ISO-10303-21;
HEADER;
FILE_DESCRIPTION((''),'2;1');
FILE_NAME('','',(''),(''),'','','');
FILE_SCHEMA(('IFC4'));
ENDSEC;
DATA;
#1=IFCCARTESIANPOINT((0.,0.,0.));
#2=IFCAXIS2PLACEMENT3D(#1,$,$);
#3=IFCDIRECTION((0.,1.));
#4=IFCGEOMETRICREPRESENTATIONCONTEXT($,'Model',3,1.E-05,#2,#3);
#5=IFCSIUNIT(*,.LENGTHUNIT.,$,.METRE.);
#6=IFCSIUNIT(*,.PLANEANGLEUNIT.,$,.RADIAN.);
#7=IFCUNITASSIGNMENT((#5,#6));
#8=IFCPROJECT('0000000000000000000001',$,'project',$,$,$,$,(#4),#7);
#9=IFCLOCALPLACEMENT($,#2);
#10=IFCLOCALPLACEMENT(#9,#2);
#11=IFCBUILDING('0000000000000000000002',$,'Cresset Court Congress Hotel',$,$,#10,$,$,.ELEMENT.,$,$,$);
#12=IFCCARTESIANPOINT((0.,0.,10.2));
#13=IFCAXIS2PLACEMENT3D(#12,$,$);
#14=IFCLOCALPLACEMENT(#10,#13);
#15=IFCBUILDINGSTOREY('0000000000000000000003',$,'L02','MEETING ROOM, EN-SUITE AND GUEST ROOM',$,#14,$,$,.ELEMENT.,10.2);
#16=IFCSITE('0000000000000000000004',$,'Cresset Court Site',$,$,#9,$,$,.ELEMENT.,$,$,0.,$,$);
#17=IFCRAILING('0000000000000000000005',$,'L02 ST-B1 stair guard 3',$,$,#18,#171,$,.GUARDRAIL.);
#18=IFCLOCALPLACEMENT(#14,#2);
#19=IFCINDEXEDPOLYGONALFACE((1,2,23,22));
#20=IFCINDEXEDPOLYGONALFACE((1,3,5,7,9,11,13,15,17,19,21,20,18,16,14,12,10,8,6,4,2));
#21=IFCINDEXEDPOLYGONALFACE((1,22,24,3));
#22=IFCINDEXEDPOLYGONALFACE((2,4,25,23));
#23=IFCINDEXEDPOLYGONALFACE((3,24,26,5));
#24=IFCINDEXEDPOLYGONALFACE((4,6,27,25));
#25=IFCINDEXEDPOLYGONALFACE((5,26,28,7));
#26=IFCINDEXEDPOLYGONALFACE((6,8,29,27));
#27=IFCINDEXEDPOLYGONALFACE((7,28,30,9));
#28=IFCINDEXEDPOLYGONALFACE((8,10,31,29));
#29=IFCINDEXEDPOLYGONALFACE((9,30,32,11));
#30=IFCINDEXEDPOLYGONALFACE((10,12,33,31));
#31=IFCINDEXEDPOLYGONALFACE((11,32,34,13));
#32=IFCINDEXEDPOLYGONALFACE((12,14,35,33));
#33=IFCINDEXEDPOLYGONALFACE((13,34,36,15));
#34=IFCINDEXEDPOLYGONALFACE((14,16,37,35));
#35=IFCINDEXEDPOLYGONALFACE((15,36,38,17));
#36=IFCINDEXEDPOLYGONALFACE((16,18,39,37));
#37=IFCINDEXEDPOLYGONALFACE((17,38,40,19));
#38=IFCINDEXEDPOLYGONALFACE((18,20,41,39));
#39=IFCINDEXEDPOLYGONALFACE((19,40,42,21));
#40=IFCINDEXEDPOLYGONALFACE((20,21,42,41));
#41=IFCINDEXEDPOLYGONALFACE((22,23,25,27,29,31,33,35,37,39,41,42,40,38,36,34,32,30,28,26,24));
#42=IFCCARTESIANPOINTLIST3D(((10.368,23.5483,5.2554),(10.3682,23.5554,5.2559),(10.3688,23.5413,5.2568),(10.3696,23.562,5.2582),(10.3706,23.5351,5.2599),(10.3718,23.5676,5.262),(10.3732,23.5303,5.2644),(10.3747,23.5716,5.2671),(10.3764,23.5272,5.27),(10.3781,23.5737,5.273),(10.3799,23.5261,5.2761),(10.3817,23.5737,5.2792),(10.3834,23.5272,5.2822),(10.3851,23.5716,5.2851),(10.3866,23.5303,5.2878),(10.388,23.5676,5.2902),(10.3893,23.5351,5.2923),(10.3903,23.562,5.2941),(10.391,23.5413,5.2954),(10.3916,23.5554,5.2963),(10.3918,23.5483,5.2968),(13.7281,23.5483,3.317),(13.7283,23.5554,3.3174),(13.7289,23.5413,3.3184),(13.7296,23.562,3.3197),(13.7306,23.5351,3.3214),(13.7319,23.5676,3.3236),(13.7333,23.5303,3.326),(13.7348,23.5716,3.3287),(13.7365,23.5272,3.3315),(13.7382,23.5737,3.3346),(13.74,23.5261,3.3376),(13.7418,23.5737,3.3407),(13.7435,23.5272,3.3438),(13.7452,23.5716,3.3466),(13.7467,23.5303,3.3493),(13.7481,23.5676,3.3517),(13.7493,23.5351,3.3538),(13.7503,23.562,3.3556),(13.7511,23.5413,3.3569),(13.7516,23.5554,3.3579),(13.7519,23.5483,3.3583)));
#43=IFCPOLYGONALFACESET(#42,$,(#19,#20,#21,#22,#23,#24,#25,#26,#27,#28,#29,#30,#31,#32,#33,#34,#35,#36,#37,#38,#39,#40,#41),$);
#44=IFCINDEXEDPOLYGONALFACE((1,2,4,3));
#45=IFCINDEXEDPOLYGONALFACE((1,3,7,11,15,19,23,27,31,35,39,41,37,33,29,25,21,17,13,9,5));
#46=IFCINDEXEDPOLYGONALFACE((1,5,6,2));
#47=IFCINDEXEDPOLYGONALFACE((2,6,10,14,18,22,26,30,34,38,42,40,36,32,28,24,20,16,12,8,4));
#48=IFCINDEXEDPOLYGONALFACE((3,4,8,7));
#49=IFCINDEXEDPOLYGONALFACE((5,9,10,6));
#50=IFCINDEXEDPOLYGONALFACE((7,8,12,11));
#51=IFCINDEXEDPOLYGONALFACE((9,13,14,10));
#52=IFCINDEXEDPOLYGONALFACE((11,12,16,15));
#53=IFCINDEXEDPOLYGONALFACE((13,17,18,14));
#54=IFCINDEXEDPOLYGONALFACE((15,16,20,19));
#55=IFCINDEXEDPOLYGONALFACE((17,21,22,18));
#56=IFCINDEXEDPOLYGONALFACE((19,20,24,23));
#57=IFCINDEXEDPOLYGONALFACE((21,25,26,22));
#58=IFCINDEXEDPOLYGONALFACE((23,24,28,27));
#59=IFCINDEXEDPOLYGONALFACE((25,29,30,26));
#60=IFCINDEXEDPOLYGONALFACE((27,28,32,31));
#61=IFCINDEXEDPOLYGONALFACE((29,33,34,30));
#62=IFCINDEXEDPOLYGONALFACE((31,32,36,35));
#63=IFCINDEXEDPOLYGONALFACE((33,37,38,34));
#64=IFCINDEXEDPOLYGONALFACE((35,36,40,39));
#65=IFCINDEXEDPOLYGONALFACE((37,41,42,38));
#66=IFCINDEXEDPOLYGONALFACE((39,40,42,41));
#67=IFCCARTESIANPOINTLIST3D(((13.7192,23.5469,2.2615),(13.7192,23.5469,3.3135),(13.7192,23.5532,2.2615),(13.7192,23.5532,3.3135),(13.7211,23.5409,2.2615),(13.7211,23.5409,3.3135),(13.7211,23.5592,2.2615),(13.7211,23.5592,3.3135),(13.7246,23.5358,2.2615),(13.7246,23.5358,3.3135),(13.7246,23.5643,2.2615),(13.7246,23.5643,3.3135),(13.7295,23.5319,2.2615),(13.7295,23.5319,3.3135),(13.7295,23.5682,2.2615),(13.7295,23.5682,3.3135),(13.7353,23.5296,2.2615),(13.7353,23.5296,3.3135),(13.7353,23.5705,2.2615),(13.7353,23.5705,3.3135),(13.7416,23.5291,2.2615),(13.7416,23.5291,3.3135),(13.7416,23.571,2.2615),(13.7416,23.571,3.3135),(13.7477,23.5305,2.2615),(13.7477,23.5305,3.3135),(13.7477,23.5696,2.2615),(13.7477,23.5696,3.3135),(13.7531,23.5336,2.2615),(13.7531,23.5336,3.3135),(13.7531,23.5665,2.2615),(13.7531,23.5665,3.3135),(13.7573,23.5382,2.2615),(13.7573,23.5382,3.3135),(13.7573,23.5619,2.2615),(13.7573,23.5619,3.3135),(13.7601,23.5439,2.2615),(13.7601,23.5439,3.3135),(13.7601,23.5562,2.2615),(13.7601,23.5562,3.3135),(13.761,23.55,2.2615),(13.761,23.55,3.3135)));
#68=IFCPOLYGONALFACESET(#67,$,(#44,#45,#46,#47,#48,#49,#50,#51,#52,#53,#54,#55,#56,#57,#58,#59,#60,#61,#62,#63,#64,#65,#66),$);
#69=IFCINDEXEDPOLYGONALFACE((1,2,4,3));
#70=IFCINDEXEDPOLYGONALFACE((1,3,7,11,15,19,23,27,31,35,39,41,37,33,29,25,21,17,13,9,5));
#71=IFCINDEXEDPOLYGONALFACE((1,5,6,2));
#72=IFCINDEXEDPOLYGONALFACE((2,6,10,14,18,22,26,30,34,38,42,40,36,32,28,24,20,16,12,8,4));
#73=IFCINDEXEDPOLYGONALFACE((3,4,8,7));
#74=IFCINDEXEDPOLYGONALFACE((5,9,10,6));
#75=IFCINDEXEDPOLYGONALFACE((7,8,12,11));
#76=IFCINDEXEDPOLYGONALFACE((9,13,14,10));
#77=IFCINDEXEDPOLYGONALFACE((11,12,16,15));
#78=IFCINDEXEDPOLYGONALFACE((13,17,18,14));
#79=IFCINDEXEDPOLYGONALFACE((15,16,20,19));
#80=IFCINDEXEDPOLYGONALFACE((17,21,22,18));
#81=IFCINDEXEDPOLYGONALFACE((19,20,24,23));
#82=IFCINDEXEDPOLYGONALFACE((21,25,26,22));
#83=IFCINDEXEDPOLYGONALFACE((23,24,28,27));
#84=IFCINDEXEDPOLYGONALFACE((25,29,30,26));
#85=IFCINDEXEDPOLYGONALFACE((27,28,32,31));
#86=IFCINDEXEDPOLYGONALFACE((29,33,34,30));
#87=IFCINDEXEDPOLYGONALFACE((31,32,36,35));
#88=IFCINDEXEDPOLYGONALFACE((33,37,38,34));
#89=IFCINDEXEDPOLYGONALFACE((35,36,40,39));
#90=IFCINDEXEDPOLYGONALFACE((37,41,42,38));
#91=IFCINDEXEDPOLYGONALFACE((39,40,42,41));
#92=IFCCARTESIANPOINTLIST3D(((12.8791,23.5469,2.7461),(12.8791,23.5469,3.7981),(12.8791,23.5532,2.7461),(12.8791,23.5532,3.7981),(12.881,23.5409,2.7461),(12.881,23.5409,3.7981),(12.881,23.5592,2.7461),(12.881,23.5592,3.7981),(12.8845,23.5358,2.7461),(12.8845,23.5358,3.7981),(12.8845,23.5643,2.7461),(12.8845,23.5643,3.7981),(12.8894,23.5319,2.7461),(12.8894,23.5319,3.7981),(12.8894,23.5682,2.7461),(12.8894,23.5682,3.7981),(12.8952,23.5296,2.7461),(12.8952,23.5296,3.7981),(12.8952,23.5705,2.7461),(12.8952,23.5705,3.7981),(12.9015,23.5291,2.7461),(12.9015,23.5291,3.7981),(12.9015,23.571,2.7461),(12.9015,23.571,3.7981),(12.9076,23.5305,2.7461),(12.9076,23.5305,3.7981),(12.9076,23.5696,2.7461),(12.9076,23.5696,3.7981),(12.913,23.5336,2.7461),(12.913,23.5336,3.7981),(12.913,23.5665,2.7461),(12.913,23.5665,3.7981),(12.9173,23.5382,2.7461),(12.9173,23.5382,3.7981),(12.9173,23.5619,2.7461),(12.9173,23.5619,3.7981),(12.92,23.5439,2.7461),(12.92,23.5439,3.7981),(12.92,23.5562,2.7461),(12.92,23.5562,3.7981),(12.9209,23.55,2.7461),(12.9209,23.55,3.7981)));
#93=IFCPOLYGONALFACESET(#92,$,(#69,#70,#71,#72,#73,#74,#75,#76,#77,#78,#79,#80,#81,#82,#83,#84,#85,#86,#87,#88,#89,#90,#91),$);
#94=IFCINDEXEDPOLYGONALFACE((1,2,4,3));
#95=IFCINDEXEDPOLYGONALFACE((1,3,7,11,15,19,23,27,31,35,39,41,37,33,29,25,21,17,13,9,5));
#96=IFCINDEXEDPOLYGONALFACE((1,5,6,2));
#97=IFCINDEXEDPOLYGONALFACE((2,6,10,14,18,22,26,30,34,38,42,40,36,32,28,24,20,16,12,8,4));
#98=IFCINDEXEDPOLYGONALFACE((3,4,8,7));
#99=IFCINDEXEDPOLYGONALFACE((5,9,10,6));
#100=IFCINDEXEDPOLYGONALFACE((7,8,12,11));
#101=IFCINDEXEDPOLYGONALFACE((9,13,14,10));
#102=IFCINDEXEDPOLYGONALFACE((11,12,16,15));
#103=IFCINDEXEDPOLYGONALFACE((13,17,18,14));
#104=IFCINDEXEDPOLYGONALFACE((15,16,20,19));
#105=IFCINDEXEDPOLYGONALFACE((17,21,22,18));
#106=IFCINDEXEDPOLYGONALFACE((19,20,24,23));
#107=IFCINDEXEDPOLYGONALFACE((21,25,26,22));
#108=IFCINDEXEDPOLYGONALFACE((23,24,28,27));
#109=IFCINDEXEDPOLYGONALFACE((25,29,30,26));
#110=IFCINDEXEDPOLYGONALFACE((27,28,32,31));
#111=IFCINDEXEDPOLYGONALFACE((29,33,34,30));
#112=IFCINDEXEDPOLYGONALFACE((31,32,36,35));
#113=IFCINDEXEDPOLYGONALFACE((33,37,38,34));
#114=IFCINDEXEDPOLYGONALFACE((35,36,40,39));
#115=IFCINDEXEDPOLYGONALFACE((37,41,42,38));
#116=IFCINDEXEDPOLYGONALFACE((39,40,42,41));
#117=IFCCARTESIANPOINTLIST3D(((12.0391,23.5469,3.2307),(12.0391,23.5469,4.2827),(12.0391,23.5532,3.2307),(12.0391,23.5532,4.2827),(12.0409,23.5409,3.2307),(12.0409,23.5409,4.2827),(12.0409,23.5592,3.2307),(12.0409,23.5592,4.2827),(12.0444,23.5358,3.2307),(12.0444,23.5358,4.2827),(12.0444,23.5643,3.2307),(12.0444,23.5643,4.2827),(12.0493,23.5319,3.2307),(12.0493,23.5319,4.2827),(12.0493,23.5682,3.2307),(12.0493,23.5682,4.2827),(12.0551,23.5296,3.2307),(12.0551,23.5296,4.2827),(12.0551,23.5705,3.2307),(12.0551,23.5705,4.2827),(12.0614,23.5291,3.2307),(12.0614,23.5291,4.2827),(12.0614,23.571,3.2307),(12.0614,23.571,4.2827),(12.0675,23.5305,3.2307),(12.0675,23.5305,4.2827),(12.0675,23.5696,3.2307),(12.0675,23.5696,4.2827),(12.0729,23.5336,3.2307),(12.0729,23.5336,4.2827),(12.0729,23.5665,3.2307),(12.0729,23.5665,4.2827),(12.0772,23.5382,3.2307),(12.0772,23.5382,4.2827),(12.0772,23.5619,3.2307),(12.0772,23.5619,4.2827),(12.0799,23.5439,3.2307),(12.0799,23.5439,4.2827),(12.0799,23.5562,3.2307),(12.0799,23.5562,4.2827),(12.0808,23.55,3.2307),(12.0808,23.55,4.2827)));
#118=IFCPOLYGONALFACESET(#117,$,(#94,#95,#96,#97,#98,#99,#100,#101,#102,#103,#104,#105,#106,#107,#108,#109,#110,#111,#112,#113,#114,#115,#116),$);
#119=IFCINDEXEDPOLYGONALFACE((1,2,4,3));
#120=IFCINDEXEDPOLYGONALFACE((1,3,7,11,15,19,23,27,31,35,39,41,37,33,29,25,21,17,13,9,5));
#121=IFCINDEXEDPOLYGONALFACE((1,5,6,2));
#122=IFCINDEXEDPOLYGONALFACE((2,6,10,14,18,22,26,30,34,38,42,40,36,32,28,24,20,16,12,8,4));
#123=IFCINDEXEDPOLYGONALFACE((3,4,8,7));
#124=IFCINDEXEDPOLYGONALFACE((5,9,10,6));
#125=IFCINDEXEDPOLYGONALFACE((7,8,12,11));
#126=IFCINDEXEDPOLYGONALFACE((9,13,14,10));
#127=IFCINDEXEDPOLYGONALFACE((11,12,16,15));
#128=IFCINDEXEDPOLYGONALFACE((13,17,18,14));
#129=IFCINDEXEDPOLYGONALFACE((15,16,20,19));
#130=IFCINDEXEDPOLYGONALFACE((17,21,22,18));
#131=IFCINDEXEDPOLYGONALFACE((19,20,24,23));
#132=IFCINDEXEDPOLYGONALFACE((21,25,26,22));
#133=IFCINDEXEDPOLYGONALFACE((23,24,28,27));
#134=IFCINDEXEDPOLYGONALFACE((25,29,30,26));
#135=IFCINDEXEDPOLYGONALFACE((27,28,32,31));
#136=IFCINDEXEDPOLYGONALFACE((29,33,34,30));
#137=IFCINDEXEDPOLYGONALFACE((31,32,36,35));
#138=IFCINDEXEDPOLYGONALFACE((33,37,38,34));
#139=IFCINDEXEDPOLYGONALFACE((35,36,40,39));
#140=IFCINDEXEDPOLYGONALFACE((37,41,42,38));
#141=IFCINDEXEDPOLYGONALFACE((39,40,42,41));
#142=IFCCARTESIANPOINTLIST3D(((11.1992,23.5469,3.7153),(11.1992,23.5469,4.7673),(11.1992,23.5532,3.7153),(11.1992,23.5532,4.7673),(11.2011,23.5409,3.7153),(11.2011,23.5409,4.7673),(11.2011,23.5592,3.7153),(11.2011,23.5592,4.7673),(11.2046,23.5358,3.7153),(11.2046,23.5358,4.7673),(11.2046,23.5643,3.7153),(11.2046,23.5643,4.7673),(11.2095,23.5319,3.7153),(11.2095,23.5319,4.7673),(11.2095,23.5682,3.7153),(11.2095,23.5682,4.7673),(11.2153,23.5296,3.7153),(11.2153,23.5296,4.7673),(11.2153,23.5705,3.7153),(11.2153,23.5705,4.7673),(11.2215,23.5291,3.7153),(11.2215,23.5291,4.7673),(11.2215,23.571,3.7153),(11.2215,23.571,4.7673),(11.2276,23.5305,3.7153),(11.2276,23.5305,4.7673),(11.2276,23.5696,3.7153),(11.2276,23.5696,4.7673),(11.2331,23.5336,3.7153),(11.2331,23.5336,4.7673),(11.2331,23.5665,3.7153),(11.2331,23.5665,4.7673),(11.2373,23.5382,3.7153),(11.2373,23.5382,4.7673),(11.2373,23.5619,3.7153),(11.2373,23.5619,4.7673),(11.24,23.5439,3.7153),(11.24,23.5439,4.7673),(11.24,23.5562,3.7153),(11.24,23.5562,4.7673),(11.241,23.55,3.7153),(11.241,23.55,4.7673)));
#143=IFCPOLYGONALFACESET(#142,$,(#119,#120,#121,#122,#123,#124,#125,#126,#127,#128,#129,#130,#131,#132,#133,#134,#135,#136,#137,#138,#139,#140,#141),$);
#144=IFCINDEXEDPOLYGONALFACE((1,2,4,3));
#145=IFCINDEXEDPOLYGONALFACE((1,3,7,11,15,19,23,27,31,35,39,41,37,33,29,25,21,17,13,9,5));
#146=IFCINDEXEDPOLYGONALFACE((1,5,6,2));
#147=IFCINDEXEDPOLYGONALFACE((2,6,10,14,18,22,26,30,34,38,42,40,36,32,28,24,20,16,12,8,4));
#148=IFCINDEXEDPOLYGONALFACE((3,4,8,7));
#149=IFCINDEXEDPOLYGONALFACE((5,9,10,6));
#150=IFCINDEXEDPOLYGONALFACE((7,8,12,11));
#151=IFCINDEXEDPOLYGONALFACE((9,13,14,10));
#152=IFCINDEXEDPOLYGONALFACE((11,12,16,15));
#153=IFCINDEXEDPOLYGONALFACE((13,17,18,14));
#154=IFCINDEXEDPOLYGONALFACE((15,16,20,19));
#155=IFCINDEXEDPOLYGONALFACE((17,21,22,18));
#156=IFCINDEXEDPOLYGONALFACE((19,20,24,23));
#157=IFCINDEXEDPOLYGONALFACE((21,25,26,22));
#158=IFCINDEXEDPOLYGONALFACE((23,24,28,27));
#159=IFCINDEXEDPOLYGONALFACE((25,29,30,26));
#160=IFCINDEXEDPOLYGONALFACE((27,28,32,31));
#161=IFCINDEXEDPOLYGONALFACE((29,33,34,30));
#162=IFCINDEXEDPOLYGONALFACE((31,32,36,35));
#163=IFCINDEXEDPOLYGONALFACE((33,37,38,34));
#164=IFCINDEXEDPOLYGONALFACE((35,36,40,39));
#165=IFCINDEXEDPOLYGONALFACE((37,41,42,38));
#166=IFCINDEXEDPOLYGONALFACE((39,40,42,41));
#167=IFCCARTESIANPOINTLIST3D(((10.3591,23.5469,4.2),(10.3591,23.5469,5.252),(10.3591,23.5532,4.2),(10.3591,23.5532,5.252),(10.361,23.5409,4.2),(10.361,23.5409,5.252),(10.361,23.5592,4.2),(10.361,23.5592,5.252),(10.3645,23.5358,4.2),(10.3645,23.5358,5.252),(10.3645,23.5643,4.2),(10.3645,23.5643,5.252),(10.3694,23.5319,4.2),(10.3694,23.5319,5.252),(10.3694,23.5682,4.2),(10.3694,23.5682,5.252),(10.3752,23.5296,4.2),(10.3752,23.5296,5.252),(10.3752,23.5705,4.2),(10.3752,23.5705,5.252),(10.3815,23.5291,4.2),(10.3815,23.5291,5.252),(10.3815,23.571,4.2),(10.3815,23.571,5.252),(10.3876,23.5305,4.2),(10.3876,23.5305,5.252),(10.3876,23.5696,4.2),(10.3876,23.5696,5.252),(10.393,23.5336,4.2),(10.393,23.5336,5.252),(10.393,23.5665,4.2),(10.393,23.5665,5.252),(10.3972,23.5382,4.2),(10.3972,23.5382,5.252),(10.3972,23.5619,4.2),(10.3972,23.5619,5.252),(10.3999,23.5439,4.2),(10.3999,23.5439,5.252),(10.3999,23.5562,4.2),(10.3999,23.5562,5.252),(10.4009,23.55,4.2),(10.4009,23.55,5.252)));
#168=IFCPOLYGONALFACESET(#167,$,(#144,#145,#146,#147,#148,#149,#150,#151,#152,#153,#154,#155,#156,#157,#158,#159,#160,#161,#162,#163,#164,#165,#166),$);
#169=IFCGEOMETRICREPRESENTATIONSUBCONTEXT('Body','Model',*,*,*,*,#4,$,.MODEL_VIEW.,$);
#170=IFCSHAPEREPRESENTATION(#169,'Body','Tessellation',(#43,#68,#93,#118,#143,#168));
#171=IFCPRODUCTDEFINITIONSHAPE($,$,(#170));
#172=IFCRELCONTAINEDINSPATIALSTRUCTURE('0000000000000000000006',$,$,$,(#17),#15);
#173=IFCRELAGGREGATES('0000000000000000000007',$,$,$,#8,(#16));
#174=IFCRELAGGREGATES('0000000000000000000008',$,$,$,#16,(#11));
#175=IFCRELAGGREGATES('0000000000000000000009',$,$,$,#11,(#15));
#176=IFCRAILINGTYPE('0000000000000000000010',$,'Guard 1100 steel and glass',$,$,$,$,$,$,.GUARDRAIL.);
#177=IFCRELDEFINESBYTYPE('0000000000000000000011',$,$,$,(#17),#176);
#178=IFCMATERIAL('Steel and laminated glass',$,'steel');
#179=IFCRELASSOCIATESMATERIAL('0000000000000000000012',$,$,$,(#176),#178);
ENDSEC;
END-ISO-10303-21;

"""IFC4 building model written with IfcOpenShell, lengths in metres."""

from ifc_helpers import new_model, si_unit, direction, frame, origin, origin_2d, place, context, subcontext, project, spatial, circle, extrude, material, type_object, element, save


model = new_model("IFC4")

# Units and contexts
model_context = context("Model", 3, precision=1e-05, world=origin(), true_north=direction((0.0, 1.0)))
body_context = subcontext(model_context, "Body", "Model", "MODEL_VIEW")
ifc_project = project(units=[si_unit("LENGTHUNIT", "METRE"), si_unit("PLANEANGLEUNIT", "RADIAN")], contexts=[model_context])

# Site, building, storey
site_placement = place(None, origin())
site = spatial("IfcSite", under=ifc_project, at=site_placement, Name="Cresset Court Site", CompositionType="ELEMENT", RefElevation=0.0)
building_placement = place(site_placement, origin())
building = spatial("IfcBuilding", under=site, at=building_placement, Name="Cresset Court Congress Hotel", CompositionType="ELEMENT")
storey_placement = place(building_placement, frame((0.0, 0.0, 10.2)))
storey = spatial("IfcBuildingStorey", under=building, at=storey_placement, Name="L02", Description="MEETING ROOM, EN-SUITE AND GUEST ROOM", CompositionType="ELEMENT", Elevation=10.2)

# Railing
ifc_material_1 = material(Name="Steel and laminated glass", Category="steel")
railing_type_1 = type_object("IfcRailingType", Name="Guard 1100 steel and glass", PredefinedType="GUARDRAIL", material=ifc_material_1)
railing_1_placement = place(storey_placement, frame((13.74, 23.55, 2.2615)))
element("IfcRailing", 1, at=railing_1_placement, inside=storey, type_object=railing_type_1, Name="L02 ST-B1 stair guard 3", PredefinedType="GUARDRAIL", context=body_context, shape_type="SweptSolid", body=[
    extrude(circle(Radius=0.0239, at=origin_2d()), frame((0.0, 0.0, 1.0762), z_axis=(-0.866191, 0.0, 0.499713), x_axis=(0.0, -1.0, 0.0)), (0.0, 0.0, 1.0), 3.8792),
    extrude(circle(Radius=0.021, at=origin_2d()), origin(), (0.0, 0.0, 1.0), 1.052),
    extrude(circle(Radius=0.021, at=origin_2d()), frame((-0.8401, 0.0, 0.4846)), (0.0, 0.0, 1.0), 1.052),
    extrude(circle(Radius=0.021, at=origin_2d()), frame((-1.6802, 0.0, 0.9692)), (0.0, 0.0, 1.0), 1.052),
    extrude(circle(Radius=0.021, at=origin_2d()), frame((-2.52, 0.0, 1.4539)), (0.0, 0.0, 1.0), 1.052),
    extrude(circle(Radius=0.021, at=origin_2d()), frame((-3.3601, 0.0, 1.9385)), (0.0, 0.0, 1.0), 1.052),
])

save(model, "model.ifc")
